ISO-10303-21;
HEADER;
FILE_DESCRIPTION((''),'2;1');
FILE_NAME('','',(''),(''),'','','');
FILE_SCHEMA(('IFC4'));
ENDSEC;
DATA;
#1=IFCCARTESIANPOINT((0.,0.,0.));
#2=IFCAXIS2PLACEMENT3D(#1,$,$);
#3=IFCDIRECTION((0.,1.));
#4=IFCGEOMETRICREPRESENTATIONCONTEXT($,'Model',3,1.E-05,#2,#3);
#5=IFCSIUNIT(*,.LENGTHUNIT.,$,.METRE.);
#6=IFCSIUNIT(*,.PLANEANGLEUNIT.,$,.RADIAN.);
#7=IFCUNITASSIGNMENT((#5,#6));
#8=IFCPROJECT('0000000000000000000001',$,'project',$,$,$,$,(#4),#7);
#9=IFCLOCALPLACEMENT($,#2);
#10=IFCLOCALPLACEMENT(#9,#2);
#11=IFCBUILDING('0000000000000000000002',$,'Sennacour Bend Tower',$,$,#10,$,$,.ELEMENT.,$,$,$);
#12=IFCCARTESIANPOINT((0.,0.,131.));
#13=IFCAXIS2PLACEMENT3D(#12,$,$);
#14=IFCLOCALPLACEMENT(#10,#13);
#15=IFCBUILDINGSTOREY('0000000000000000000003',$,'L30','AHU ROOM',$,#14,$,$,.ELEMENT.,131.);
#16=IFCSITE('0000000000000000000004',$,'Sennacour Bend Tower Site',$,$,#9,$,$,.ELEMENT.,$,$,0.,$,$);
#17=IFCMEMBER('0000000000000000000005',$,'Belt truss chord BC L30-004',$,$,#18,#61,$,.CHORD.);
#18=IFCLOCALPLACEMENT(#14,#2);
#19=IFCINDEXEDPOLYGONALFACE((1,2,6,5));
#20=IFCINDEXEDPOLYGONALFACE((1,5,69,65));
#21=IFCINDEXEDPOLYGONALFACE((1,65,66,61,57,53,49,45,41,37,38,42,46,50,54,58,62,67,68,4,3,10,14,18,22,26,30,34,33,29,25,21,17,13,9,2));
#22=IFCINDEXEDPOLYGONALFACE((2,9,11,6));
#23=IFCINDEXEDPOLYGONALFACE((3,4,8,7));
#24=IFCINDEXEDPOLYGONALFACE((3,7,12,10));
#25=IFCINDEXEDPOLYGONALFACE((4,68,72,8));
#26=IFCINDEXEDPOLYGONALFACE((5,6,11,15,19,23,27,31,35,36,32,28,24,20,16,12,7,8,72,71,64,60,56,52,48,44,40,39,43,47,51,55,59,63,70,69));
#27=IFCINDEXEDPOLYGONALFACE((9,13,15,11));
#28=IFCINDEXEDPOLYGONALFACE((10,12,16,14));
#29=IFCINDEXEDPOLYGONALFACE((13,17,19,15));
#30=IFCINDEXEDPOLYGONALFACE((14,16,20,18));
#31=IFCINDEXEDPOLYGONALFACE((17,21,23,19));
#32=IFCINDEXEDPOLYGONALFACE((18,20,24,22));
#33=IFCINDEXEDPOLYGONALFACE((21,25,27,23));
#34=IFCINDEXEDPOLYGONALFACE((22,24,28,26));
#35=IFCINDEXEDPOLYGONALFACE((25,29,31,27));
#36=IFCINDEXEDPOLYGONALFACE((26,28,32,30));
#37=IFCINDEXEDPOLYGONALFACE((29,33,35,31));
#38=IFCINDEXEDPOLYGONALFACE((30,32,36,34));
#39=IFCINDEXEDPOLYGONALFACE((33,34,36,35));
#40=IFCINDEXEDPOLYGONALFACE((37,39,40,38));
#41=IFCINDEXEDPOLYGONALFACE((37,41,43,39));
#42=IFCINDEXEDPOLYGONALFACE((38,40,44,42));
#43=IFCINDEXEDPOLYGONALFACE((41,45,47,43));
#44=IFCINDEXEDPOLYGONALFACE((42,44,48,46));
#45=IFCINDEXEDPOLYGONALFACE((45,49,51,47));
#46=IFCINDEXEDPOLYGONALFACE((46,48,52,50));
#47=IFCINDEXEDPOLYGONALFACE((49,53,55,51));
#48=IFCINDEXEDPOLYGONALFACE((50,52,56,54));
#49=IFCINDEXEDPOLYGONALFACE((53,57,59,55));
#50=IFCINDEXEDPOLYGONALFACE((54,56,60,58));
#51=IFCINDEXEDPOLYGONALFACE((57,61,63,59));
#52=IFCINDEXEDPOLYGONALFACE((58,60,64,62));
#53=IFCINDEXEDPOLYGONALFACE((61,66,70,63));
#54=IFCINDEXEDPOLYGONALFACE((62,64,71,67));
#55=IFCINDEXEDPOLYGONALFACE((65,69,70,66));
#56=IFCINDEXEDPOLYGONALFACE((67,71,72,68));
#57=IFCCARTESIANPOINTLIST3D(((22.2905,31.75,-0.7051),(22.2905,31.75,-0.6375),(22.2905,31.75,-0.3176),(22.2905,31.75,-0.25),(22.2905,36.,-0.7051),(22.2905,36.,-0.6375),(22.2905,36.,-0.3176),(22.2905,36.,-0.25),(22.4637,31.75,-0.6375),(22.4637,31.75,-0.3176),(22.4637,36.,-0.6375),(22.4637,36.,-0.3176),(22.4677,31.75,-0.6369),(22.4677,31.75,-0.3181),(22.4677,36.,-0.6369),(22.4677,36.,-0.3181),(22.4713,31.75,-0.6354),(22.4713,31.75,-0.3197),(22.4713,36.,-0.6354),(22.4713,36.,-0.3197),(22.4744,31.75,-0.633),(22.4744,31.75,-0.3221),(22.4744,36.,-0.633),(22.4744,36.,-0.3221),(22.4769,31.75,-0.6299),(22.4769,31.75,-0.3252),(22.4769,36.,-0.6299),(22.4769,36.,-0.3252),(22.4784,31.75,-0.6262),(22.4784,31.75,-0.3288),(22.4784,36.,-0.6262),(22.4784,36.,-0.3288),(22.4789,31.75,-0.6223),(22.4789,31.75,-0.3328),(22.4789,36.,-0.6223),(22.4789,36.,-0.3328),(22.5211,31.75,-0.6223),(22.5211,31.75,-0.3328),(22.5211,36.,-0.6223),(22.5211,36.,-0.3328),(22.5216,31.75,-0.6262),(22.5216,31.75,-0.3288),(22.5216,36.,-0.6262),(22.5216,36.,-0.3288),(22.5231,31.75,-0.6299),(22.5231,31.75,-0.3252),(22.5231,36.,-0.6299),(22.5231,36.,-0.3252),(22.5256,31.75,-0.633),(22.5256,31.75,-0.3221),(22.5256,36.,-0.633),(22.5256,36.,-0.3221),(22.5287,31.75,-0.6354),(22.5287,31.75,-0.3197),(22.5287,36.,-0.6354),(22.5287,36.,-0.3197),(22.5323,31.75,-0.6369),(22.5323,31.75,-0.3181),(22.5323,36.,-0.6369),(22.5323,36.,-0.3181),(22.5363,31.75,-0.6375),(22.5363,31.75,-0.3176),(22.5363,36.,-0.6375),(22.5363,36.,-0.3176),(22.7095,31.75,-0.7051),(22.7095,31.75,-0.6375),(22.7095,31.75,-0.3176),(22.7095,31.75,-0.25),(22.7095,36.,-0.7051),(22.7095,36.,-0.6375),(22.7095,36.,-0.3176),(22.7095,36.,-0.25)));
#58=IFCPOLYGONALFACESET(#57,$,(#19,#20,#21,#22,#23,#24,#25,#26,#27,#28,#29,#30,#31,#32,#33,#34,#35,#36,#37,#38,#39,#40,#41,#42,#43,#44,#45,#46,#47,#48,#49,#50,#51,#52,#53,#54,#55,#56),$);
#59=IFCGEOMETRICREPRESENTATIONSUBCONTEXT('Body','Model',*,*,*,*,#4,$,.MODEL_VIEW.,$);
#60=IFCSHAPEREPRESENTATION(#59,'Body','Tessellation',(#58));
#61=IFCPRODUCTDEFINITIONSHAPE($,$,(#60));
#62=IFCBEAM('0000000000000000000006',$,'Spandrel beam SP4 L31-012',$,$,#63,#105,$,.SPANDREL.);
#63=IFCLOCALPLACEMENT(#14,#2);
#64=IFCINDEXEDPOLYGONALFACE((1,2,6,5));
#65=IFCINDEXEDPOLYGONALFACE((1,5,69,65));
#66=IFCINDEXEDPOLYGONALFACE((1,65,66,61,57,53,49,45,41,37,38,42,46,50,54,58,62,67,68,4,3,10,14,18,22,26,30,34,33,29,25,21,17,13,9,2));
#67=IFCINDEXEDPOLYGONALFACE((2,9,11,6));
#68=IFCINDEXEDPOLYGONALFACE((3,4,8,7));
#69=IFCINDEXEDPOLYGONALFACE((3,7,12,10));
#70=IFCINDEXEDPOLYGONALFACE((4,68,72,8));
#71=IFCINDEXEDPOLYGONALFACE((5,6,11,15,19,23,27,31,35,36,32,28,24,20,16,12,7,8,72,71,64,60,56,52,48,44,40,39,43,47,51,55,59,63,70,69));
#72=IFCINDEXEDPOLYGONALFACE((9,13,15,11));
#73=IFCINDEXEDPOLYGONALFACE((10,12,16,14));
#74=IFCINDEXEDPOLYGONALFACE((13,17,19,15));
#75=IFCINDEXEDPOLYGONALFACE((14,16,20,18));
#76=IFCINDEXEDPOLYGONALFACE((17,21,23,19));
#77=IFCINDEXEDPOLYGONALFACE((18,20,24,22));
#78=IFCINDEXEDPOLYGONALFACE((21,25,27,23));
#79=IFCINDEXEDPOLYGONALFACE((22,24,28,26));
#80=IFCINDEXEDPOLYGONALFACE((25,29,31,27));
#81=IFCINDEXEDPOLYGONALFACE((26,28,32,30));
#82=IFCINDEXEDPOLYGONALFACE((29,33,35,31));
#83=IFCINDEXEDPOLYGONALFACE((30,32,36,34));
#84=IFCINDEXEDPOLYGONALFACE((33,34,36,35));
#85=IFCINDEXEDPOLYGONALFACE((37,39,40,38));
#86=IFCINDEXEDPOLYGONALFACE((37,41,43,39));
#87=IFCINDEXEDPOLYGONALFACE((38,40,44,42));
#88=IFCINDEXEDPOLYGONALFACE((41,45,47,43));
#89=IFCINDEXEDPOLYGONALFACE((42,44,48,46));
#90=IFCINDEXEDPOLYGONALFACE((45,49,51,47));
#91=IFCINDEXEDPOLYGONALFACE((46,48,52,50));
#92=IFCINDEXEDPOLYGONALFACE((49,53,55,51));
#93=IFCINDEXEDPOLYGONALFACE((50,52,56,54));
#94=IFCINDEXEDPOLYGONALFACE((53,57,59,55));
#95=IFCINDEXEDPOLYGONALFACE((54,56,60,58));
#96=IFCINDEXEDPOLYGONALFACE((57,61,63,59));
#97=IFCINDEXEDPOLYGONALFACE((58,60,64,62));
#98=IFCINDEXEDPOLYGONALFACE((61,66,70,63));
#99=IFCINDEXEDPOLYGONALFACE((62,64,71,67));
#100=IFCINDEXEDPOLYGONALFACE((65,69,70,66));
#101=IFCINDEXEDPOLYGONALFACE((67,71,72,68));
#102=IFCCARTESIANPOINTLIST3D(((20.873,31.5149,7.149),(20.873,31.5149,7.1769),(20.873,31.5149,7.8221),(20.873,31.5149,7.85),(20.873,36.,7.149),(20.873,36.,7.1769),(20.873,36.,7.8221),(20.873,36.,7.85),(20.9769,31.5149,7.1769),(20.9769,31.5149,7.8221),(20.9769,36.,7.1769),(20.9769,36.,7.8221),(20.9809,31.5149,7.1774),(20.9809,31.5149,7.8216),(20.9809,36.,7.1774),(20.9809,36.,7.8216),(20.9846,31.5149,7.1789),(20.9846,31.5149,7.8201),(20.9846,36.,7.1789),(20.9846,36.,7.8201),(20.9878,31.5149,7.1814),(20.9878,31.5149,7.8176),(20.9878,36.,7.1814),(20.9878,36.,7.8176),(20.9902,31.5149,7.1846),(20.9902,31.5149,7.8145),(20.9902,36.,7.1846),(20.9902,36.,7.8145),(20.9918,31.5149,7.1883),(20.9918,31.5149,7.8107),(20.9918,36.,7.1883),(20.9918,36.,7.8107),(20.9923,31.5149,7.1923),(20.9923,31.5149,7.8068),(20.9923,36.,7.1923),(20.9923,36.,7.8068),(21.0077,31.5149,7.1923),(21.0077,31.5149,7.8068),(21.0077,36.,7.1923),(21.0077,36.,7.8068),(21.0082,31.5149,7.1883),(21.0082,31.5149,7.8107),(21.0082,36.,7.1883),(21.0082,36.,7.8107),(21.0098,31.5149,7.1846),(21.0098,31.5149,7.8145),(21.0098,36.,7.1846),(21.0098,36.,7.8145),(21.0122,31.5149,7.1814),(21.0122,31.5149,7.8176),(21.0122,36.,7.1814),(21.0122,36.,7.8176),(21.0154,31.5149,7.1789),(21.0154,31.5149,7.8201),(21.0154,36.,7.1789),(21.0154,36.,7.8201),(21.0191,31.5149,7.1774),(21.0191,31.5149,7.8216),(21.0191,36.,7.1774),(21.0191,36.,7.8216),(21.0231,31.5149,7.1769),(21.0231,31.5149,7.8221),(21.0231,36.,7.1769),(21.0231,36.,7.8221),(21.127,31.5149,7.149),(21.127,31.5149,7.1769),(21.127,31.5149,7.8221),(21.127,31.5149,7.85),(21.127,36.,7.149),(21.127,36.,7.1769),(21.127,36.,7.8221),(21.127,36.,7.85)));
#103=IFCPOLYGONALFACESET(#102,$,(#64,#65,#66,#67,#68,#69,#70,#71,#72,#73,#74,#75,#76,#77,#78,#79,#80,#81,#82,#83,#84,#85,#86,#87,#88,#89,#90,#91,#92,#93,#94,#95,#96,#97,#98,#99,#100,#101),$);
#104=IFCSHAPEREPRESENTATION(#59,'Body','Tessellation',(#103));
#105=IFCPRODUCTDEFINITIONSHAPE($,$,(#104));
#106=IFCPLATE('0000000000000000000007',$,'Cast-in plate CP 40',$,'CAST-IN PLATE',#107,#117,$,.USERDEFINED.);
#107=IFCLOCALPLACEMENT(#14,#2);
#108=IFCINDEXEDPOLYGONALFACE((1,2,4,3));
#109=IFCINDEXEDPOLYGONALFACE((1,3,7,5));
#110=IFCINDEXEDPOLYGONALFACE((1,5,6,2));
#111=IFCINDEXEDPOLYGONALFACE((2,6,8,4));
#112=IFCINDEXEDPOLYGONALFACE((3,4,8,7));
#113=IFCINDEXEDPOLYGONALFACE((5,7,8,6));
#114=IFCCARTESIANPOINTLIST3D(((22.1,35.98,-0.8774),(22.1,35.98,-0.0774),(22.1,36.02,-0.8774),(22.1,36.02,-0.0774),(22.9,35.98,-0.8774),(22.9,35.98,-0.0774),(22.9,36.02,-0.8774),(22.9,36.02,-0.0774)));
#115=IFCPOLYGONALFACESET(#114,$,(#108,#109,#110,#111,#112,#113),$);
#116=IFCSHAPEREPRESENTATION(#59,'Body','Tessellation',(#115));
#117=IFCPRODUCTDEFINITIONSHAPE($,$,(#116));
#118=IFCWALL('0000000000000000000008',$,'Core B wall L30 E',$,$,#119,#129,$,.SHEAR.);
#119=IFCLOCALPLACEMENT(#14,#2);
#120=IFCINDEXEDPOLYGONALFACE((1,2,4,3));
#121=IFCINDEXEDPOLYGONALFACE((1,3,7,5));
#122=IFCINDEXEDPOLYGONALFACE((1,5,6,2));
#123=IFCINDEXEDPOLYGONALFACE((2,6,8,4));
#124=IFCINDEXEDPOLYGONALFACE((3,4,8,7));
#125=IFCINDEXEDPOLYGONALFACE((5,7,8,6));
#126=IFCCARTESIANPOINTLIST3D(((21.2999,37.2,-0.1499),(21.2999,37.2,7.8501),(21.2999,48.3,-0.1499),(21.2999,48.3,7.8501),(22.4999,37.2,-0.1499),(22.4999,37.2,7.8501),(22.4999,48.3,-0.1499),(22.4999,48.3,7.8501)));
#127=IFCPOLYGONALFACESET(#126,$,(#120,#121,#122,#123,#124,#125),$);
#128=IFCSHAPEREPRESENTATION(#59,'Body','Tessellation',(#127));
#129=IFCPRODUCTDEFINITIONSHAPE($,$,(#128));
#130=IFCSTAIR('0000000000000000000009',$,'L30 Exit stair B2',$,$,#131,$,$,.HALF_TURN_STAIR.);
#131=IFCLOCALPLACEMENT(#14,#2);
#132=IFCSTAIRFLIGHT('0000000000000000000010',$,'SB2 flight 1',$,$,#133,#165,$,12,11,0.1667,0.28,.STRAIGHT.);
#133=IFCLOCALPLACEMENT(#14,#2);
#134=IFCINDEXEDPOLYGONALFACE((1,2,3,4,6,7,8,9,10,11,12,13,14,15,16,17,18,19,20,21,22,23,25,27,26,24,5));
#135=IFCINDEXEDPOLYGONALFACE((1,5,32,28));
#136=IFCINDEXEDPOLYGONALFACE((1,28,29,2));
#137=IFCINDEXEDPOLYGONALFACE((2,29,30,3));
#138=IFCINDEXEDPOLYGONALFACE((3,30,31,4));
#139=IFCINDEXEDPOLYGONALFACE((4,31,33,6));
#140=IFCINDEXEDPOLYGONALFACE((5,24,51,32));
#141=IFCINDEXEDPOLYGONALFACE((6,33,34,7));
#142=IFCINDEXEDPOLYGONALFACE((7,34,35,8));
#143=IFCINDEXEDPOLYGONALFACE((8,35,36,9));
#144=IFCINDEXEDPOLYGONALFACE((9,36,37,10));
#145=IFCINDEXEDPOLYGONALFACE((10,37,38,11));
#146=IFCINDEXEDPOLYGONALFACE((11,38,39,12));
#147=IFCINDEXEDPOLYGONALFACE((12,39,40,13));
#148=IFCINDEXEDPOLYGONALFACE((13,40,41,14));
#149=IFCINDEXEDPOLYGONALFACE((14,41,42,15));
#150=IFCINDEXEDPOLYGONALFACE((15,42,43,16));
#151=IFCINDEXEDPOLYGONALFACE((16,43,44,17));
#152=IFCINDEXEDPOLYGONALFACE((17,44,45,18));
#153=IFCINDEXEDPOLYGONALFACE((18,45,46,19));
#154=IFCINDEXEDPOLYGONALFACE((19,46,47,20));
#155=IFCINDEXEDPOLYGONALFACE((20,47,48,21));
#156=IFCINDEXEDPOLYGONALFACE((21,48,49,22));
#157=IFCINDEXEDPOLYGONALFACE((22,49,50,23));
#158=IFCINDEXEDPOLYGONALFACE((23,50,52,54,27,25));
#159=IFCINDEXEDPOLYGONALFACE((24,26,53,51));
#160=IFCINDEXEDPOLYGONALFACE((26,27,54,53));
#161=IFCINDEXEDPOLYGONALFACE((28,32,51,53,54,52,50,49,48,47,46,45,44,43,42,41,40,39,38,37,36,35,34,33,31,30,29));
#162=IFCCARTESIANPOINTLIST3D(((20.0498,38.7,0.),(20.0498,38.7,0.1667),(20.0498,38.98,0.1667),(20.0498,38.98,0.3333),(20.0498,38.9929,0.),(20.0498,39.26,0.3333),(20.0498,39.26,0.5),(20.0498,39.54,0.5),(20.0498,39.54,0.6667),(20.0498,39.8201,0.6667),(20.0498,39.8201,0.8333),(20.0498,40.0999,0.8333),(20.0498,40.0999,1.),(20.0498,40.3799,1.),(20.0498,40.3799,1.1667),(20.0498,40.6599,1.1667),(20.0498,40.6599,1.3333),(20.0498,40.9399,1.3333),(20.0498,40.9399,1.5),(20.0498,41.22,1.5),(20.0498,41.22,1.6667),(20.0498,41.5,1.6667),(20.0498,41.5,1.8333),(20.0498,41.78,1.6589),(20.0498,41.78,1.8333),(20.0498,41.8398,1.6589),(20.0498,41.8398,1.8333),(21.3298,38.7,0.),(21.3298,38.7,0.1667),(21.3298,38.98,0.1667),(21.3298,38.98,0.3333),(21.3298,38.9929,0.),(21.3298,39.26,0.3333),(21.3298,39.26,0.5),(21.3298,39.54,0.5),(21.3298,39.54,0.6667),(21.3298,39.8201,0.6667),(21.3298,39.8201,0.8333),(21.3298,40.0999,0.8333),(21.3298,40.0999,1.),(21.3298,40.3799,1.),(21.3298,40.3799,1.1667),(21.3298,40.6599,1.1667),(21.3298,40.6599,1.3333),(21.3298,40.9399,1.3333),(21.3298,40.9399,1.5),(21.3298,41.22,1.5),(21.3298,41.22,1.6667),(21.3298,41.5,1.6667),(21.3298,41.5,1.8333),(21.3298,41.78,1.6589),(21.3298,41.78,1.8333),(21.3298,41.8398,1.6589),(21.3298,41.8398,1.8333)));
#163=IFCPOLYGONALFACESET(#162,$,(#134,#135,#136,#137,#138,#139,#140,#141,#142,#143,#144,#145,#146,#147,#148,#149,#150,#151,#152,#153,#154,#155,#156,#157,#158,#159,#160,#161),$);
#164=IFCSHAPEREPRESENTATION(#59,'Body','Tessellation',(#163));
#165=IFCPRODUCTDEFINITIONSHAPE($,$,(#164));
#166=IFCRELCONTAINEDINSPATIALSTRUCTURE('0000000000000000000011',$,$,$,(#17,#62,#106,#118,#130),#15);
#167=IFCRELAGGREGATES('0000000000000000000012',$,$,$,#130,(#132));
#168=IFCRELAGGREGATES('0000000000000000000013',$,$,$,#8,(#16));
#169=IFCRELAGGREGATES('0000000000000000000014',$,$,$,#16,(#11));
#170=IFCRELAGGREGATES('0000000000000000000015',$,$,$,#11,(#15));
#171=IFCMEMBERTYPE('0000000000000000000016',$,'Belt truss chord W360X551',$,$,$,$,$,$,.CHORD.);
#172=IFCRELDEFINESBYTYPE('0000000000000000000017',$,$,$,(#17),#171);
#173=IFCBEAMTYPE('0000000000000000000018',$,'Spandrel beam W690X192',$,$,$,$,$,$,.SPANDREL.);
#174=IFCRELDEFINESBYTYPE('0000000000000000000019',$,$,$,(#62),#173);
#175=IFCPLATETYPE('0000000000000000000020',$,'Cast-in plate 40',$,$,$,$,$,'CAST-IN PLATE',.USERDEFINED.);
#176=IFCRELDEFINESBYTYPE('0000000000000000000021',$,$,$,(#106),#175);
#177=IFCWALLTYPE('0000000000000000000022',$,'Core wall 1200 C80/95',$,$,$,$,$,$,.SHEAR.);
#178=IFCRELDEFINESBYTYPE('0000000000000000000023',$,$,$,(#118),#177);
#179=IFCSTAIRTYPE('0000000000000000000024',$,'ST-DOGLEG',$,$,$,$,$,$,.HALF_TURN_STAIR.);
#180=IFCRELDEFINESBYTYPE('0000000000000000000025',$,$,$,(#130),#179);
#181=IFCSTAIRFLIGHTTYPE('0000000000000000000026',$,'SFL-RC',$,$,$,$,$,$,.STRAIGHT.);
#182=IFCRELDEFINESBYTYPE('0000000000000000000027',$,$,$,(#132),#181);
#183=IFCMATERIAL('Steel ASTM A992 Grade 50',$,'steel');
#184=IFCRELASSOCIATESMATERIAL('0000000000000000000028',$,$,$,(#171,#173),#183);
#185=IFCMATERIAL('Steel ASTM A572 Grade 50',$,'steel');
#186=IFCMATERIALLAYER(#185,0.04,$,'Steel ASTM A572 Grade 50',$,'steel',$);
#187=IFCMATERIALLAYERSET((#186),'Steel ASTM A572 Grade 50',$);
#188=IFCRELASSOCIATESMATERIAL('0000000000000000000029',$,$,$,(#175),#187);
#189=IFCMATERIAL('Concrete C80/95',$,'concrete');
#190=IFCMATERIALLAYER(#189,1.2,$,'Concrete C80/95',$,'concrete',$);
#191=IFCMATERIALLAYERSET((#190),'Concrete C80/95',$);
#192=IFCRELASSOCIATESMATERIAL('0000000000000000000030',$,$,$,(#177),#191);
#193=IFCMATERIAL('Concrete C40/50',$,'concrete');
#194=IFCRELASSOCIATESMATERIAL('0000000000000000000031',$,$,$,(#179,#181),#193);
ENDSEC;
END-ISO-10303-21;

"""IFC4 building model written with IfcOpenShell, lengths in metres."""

from ifc_helpers import new_model, si_unit, direction, frame, frame_2d, origin, origin_2d, place, context, subcontext, project, spatial, polyline, rectangle, i_section, outline, extrude, material, layer, layer_set, material_profile, profile_set, type_object, element, aggregate, save


model = new_model("IFC4")

# Units and contexts
model_context = context("Model", 3, precision=1e-05, world=origin(), true_north=direction((0.0, 1.0)))
body_context = subcontext(model_context, "Body", "Model", "MODEL_VIEW")
ifc_project = project(units=[si_unit("LENGTHUNIT", "METRE"), si_unit("PLANEANGLEUNIT", "RADIAN")], contexts=[model_context])

# Site, building, storey
site_placement = place(None, origin())
site = spatial("IfcSite", under=ifc_project, at=site_placement, Name="Sennacour Bend Tower Site", CompositionType="ELEMENT", RefElevation=0.0)
building_placement = place(site_placement, origin())
building = spatial("IfcBuilding", under=site, at=building_placement, Name="Sennacour Bend Tower", CompositionType="ELEMENT")
storey_placement = place(building_placement, frame((0.0, 0.0, 131.0)))
storey = spatial("IfcBuildingStorey", under=building, at=storey_placement, Name="L30", Description="AHU ROOM", CompositionType="ELEMENT", Elevation=131.0)

# Member
ifc_material_1 = material(Name="Steel ASTM A992 Grade 50", Category="steel")
ifc_material_profile_1 = material_profile(ifc_material_1, i_section(OverallWidth=0.4189, OverallDepth=0.4551, WebThickness=0.0422, FlangeThickness=0.0676, FilletRadius=0.0151, at=origin_2d()), Name="Steel ASTM A992 Grade 50", Category="steel")
ifc_profile_set_1 = profile_set([ifc_material_profile_1], Name="Steel ASTM A992 Grade 50")
member_type = type_object("IfcMemberType", Name="Belt truss chord W360X551", PredefinedType="CHORD", material=ifc_profile_set_1)
member_placement = place(storey_placement, frame((22.5, 36.0, -0.4775), z_axis=(0.0, -1.0, 0.0), x_axis=(1.0, 0.0, 0.0)))
element("IfcMember", 1, at=member_placement, inside=storey, type_object=member_type, Name="Belt truss chord BC L30-004", PredefinedType="CHORD", context=body_context, shape_type="SweptSolid", body=[
    extrude(i_section(OverallWidth=0.4189, OverallDepth=0.4551, WebThickness=0.0422, FlangeThickness=0.0676, FilletRadius=0.0151, at=origin_2d()), origin(), (0.0, 0.0, 1.0), 4.25),
])

# Beam
ifc_material_profile_2 = material_profile(ifc_material_1, i_section(OverallWidth=0.2539, OverallDepth=0.7009, WebThickness=0.0154, FlangeThickness=0.0278, FilletRadius=0.0154, at=origin_2d()), Name="Steel ASTM A992 Grade 50", Category="steel")
ifc_profile_set_2 = profile_set([ifc_material_profile_2], Name="Steel ASTM A992 Grade 50")
beam_type = type_object("IfcBeamType", Name="Spandrel beam W690X192", PredefinedType="SPANDREL", material=ifc_profile_set_2)
beam_placement = place(storey_placement, frame((21.0, 36.0, 7.4995), z_axis=(0.0, -1.0, 0.0), x_axis=(1.0, 0.0, 0.0)))
element("IfcBeam", 2, at=beam_placement, inside=storey, type_object=beam_type, Name="Spandrel beam SP4 L31-012", PredefinedType="SPANDREL", context=body_context, shape_type="SweptSolid", body=[
    extrude(i_section(OverallWidth=0.2539, OverallDepth=0.7009, WebThickness=0.0154, FlangeThickness=0.0278, FilletRadius=0.0154, at=origin_2d()), origin(), (0.0, 0.0, 1.0), 4.4851),
])

# Plate
ifc_material_2 = material(Name="Steel ASTM A572 Grade 50", Category="steel")
ifc_layer_1 = layer(ifc_material_2, 0.04, Name="Steel ASTM A572 Grade 50", Category="steel")
ifc_layer_set_1 = layer_set([ifc_layer_1], Name="Steel ASTM A572 Grade 50")
plate_type = type_object("IfcPlateType", Name="Cast-in plate 40", ElementType="CAST-IN PLATE", PredefinedType="USERDEFINED", material=ifc_layer_set_1)
plate_placement = place(storey_placement, frame((22.5, 36.0, -0.8774), z_axis=(0.0, 0.0, 1.0), x_axis=(1.0, 0.0, 0.0)))
element("IfcPlate", 3, at=plate_placement, inside=storey, type_object=plate_type, Name="Cast-in plate CP 40", ObjectType="CAST-IN PLATE", PredefinedType="USERDEFINED", context=body_context, shape_type="SweptSolid", body=[
    extrude(rectangle(XDim=0.8, YDim=0.04, at=origin_2d()), origin(), (0.0, 0.0, 1.0), 0.8),
])

# Wall
ifc_material_3 = material(Name="Concrete C80/95", Category="concrete")
ifc_layer_2 = layer(ifc_material_3, 1.2, Name="Concrete C80/95", Category="concrete")
ifc_layer_set_2 = layer_set([ifc_layer_2], Name="Concrete C80/95")
wall_type = type_object("IfcWallType", Name="Core wall 1200 C80/95", PredefinedType="SHEAR", material=ifc_layer_set_2)
wall_placement = place(storey_placement, frame((21.8999, 37.2, -0.1499), z_axis=(0.0, 0.0, 1.0), x_axis=(0.0, 1.0, 0.0)))
element("IfcWall", 4, at=wall_placement, inside=storey, type_object=wall_type, Name="Core B wall L30 E", PredefinedType="SHEAR", context=body_context, shape_type="SweptSolid", body=[
    extrude(rectangle(XDim=11.1001, YDim=1.2, at=frame_2d((5.55, 0.0))), origin(), (0.0, 0.0, 1.0), 8.0),
])

# Stair, stair flight
ifc_material_4 = material(Name="Concrete C40/50", Category="concrete")
stair_type = type_object("IfcStairType", Name="ST-DOGLEG", PredefinedType="HALF_TURN_STAIR", material=ifc_material_4)
stair_placement = place(storey_placement, origin())
stair = element("IfcStair", 5, at=stair_placement, inside=storey, type_object=stair_type, Name="L30 Exit stair B2", PredefinedType="HALF_TURN_STAIR")
stair_flight_type = type_object("IfcStairFlightType", Name="SFL-RC", PredefinedType="STRAIGHT", material=ifc_material_4)
stair_flight_1_placement = place(storey_placement, frame((20.6899, 38.7, 0.0), z_axis=(0.0, 0.0, 1.0), x_axis=(0.0, 1.0, 0.0)))
stair_flight_1 = element("IfcStairFlight", 6, at=stair_flight_1_placement, type_object=stair_flight_type, Name="SB2 flight 1", NumberOfRisers=12, NumberOfTreads=11, PredefinedType="STRAIGHT", RiserHeight=0.1667, TreadLength=0.28, context=body_context, shape_type="SweptSolid", body=[
    extrude(outline(polyline([(0.0, 0.0), (0.0, 0.1667), (0.28, 0.1667), (0.28, 0.3333), (0.5601, 0.3333), (0.5601, 0.5), (0.8401, 0.5), (0.8401, 0.6667), (1.1201, 0.6667), (1.1201, 0.8333), (1.3999, 0.8333), (1.3999, 1.0), (1.6799, 1.0), (1.6799, 1.1667), (1.96, 1.1667), (1.96, 1.3333), (2.24, 1.3333), (2.24, 1.5), (2.52, 1.5), (2.52, 1.6667), (2.8, 1.6667), (2.8, 1.8333), (3.0801, 1.8333), (3.1399, 1.8333), (3.1399, 1.6589), (3.0801, 1.6589), (0.293, 0.0), (0.0, 0.0)])), frame((0.0, 0.6401, 0.0), z_axis=(0.0, -1.0, 0.0), x_axis=(1.0, 0.0, 0.0)), (0.0, 0.0, 1.0), 1.28),
])
aggregate(stair, [stair_flight_1])

save(model, "model.ifc")
